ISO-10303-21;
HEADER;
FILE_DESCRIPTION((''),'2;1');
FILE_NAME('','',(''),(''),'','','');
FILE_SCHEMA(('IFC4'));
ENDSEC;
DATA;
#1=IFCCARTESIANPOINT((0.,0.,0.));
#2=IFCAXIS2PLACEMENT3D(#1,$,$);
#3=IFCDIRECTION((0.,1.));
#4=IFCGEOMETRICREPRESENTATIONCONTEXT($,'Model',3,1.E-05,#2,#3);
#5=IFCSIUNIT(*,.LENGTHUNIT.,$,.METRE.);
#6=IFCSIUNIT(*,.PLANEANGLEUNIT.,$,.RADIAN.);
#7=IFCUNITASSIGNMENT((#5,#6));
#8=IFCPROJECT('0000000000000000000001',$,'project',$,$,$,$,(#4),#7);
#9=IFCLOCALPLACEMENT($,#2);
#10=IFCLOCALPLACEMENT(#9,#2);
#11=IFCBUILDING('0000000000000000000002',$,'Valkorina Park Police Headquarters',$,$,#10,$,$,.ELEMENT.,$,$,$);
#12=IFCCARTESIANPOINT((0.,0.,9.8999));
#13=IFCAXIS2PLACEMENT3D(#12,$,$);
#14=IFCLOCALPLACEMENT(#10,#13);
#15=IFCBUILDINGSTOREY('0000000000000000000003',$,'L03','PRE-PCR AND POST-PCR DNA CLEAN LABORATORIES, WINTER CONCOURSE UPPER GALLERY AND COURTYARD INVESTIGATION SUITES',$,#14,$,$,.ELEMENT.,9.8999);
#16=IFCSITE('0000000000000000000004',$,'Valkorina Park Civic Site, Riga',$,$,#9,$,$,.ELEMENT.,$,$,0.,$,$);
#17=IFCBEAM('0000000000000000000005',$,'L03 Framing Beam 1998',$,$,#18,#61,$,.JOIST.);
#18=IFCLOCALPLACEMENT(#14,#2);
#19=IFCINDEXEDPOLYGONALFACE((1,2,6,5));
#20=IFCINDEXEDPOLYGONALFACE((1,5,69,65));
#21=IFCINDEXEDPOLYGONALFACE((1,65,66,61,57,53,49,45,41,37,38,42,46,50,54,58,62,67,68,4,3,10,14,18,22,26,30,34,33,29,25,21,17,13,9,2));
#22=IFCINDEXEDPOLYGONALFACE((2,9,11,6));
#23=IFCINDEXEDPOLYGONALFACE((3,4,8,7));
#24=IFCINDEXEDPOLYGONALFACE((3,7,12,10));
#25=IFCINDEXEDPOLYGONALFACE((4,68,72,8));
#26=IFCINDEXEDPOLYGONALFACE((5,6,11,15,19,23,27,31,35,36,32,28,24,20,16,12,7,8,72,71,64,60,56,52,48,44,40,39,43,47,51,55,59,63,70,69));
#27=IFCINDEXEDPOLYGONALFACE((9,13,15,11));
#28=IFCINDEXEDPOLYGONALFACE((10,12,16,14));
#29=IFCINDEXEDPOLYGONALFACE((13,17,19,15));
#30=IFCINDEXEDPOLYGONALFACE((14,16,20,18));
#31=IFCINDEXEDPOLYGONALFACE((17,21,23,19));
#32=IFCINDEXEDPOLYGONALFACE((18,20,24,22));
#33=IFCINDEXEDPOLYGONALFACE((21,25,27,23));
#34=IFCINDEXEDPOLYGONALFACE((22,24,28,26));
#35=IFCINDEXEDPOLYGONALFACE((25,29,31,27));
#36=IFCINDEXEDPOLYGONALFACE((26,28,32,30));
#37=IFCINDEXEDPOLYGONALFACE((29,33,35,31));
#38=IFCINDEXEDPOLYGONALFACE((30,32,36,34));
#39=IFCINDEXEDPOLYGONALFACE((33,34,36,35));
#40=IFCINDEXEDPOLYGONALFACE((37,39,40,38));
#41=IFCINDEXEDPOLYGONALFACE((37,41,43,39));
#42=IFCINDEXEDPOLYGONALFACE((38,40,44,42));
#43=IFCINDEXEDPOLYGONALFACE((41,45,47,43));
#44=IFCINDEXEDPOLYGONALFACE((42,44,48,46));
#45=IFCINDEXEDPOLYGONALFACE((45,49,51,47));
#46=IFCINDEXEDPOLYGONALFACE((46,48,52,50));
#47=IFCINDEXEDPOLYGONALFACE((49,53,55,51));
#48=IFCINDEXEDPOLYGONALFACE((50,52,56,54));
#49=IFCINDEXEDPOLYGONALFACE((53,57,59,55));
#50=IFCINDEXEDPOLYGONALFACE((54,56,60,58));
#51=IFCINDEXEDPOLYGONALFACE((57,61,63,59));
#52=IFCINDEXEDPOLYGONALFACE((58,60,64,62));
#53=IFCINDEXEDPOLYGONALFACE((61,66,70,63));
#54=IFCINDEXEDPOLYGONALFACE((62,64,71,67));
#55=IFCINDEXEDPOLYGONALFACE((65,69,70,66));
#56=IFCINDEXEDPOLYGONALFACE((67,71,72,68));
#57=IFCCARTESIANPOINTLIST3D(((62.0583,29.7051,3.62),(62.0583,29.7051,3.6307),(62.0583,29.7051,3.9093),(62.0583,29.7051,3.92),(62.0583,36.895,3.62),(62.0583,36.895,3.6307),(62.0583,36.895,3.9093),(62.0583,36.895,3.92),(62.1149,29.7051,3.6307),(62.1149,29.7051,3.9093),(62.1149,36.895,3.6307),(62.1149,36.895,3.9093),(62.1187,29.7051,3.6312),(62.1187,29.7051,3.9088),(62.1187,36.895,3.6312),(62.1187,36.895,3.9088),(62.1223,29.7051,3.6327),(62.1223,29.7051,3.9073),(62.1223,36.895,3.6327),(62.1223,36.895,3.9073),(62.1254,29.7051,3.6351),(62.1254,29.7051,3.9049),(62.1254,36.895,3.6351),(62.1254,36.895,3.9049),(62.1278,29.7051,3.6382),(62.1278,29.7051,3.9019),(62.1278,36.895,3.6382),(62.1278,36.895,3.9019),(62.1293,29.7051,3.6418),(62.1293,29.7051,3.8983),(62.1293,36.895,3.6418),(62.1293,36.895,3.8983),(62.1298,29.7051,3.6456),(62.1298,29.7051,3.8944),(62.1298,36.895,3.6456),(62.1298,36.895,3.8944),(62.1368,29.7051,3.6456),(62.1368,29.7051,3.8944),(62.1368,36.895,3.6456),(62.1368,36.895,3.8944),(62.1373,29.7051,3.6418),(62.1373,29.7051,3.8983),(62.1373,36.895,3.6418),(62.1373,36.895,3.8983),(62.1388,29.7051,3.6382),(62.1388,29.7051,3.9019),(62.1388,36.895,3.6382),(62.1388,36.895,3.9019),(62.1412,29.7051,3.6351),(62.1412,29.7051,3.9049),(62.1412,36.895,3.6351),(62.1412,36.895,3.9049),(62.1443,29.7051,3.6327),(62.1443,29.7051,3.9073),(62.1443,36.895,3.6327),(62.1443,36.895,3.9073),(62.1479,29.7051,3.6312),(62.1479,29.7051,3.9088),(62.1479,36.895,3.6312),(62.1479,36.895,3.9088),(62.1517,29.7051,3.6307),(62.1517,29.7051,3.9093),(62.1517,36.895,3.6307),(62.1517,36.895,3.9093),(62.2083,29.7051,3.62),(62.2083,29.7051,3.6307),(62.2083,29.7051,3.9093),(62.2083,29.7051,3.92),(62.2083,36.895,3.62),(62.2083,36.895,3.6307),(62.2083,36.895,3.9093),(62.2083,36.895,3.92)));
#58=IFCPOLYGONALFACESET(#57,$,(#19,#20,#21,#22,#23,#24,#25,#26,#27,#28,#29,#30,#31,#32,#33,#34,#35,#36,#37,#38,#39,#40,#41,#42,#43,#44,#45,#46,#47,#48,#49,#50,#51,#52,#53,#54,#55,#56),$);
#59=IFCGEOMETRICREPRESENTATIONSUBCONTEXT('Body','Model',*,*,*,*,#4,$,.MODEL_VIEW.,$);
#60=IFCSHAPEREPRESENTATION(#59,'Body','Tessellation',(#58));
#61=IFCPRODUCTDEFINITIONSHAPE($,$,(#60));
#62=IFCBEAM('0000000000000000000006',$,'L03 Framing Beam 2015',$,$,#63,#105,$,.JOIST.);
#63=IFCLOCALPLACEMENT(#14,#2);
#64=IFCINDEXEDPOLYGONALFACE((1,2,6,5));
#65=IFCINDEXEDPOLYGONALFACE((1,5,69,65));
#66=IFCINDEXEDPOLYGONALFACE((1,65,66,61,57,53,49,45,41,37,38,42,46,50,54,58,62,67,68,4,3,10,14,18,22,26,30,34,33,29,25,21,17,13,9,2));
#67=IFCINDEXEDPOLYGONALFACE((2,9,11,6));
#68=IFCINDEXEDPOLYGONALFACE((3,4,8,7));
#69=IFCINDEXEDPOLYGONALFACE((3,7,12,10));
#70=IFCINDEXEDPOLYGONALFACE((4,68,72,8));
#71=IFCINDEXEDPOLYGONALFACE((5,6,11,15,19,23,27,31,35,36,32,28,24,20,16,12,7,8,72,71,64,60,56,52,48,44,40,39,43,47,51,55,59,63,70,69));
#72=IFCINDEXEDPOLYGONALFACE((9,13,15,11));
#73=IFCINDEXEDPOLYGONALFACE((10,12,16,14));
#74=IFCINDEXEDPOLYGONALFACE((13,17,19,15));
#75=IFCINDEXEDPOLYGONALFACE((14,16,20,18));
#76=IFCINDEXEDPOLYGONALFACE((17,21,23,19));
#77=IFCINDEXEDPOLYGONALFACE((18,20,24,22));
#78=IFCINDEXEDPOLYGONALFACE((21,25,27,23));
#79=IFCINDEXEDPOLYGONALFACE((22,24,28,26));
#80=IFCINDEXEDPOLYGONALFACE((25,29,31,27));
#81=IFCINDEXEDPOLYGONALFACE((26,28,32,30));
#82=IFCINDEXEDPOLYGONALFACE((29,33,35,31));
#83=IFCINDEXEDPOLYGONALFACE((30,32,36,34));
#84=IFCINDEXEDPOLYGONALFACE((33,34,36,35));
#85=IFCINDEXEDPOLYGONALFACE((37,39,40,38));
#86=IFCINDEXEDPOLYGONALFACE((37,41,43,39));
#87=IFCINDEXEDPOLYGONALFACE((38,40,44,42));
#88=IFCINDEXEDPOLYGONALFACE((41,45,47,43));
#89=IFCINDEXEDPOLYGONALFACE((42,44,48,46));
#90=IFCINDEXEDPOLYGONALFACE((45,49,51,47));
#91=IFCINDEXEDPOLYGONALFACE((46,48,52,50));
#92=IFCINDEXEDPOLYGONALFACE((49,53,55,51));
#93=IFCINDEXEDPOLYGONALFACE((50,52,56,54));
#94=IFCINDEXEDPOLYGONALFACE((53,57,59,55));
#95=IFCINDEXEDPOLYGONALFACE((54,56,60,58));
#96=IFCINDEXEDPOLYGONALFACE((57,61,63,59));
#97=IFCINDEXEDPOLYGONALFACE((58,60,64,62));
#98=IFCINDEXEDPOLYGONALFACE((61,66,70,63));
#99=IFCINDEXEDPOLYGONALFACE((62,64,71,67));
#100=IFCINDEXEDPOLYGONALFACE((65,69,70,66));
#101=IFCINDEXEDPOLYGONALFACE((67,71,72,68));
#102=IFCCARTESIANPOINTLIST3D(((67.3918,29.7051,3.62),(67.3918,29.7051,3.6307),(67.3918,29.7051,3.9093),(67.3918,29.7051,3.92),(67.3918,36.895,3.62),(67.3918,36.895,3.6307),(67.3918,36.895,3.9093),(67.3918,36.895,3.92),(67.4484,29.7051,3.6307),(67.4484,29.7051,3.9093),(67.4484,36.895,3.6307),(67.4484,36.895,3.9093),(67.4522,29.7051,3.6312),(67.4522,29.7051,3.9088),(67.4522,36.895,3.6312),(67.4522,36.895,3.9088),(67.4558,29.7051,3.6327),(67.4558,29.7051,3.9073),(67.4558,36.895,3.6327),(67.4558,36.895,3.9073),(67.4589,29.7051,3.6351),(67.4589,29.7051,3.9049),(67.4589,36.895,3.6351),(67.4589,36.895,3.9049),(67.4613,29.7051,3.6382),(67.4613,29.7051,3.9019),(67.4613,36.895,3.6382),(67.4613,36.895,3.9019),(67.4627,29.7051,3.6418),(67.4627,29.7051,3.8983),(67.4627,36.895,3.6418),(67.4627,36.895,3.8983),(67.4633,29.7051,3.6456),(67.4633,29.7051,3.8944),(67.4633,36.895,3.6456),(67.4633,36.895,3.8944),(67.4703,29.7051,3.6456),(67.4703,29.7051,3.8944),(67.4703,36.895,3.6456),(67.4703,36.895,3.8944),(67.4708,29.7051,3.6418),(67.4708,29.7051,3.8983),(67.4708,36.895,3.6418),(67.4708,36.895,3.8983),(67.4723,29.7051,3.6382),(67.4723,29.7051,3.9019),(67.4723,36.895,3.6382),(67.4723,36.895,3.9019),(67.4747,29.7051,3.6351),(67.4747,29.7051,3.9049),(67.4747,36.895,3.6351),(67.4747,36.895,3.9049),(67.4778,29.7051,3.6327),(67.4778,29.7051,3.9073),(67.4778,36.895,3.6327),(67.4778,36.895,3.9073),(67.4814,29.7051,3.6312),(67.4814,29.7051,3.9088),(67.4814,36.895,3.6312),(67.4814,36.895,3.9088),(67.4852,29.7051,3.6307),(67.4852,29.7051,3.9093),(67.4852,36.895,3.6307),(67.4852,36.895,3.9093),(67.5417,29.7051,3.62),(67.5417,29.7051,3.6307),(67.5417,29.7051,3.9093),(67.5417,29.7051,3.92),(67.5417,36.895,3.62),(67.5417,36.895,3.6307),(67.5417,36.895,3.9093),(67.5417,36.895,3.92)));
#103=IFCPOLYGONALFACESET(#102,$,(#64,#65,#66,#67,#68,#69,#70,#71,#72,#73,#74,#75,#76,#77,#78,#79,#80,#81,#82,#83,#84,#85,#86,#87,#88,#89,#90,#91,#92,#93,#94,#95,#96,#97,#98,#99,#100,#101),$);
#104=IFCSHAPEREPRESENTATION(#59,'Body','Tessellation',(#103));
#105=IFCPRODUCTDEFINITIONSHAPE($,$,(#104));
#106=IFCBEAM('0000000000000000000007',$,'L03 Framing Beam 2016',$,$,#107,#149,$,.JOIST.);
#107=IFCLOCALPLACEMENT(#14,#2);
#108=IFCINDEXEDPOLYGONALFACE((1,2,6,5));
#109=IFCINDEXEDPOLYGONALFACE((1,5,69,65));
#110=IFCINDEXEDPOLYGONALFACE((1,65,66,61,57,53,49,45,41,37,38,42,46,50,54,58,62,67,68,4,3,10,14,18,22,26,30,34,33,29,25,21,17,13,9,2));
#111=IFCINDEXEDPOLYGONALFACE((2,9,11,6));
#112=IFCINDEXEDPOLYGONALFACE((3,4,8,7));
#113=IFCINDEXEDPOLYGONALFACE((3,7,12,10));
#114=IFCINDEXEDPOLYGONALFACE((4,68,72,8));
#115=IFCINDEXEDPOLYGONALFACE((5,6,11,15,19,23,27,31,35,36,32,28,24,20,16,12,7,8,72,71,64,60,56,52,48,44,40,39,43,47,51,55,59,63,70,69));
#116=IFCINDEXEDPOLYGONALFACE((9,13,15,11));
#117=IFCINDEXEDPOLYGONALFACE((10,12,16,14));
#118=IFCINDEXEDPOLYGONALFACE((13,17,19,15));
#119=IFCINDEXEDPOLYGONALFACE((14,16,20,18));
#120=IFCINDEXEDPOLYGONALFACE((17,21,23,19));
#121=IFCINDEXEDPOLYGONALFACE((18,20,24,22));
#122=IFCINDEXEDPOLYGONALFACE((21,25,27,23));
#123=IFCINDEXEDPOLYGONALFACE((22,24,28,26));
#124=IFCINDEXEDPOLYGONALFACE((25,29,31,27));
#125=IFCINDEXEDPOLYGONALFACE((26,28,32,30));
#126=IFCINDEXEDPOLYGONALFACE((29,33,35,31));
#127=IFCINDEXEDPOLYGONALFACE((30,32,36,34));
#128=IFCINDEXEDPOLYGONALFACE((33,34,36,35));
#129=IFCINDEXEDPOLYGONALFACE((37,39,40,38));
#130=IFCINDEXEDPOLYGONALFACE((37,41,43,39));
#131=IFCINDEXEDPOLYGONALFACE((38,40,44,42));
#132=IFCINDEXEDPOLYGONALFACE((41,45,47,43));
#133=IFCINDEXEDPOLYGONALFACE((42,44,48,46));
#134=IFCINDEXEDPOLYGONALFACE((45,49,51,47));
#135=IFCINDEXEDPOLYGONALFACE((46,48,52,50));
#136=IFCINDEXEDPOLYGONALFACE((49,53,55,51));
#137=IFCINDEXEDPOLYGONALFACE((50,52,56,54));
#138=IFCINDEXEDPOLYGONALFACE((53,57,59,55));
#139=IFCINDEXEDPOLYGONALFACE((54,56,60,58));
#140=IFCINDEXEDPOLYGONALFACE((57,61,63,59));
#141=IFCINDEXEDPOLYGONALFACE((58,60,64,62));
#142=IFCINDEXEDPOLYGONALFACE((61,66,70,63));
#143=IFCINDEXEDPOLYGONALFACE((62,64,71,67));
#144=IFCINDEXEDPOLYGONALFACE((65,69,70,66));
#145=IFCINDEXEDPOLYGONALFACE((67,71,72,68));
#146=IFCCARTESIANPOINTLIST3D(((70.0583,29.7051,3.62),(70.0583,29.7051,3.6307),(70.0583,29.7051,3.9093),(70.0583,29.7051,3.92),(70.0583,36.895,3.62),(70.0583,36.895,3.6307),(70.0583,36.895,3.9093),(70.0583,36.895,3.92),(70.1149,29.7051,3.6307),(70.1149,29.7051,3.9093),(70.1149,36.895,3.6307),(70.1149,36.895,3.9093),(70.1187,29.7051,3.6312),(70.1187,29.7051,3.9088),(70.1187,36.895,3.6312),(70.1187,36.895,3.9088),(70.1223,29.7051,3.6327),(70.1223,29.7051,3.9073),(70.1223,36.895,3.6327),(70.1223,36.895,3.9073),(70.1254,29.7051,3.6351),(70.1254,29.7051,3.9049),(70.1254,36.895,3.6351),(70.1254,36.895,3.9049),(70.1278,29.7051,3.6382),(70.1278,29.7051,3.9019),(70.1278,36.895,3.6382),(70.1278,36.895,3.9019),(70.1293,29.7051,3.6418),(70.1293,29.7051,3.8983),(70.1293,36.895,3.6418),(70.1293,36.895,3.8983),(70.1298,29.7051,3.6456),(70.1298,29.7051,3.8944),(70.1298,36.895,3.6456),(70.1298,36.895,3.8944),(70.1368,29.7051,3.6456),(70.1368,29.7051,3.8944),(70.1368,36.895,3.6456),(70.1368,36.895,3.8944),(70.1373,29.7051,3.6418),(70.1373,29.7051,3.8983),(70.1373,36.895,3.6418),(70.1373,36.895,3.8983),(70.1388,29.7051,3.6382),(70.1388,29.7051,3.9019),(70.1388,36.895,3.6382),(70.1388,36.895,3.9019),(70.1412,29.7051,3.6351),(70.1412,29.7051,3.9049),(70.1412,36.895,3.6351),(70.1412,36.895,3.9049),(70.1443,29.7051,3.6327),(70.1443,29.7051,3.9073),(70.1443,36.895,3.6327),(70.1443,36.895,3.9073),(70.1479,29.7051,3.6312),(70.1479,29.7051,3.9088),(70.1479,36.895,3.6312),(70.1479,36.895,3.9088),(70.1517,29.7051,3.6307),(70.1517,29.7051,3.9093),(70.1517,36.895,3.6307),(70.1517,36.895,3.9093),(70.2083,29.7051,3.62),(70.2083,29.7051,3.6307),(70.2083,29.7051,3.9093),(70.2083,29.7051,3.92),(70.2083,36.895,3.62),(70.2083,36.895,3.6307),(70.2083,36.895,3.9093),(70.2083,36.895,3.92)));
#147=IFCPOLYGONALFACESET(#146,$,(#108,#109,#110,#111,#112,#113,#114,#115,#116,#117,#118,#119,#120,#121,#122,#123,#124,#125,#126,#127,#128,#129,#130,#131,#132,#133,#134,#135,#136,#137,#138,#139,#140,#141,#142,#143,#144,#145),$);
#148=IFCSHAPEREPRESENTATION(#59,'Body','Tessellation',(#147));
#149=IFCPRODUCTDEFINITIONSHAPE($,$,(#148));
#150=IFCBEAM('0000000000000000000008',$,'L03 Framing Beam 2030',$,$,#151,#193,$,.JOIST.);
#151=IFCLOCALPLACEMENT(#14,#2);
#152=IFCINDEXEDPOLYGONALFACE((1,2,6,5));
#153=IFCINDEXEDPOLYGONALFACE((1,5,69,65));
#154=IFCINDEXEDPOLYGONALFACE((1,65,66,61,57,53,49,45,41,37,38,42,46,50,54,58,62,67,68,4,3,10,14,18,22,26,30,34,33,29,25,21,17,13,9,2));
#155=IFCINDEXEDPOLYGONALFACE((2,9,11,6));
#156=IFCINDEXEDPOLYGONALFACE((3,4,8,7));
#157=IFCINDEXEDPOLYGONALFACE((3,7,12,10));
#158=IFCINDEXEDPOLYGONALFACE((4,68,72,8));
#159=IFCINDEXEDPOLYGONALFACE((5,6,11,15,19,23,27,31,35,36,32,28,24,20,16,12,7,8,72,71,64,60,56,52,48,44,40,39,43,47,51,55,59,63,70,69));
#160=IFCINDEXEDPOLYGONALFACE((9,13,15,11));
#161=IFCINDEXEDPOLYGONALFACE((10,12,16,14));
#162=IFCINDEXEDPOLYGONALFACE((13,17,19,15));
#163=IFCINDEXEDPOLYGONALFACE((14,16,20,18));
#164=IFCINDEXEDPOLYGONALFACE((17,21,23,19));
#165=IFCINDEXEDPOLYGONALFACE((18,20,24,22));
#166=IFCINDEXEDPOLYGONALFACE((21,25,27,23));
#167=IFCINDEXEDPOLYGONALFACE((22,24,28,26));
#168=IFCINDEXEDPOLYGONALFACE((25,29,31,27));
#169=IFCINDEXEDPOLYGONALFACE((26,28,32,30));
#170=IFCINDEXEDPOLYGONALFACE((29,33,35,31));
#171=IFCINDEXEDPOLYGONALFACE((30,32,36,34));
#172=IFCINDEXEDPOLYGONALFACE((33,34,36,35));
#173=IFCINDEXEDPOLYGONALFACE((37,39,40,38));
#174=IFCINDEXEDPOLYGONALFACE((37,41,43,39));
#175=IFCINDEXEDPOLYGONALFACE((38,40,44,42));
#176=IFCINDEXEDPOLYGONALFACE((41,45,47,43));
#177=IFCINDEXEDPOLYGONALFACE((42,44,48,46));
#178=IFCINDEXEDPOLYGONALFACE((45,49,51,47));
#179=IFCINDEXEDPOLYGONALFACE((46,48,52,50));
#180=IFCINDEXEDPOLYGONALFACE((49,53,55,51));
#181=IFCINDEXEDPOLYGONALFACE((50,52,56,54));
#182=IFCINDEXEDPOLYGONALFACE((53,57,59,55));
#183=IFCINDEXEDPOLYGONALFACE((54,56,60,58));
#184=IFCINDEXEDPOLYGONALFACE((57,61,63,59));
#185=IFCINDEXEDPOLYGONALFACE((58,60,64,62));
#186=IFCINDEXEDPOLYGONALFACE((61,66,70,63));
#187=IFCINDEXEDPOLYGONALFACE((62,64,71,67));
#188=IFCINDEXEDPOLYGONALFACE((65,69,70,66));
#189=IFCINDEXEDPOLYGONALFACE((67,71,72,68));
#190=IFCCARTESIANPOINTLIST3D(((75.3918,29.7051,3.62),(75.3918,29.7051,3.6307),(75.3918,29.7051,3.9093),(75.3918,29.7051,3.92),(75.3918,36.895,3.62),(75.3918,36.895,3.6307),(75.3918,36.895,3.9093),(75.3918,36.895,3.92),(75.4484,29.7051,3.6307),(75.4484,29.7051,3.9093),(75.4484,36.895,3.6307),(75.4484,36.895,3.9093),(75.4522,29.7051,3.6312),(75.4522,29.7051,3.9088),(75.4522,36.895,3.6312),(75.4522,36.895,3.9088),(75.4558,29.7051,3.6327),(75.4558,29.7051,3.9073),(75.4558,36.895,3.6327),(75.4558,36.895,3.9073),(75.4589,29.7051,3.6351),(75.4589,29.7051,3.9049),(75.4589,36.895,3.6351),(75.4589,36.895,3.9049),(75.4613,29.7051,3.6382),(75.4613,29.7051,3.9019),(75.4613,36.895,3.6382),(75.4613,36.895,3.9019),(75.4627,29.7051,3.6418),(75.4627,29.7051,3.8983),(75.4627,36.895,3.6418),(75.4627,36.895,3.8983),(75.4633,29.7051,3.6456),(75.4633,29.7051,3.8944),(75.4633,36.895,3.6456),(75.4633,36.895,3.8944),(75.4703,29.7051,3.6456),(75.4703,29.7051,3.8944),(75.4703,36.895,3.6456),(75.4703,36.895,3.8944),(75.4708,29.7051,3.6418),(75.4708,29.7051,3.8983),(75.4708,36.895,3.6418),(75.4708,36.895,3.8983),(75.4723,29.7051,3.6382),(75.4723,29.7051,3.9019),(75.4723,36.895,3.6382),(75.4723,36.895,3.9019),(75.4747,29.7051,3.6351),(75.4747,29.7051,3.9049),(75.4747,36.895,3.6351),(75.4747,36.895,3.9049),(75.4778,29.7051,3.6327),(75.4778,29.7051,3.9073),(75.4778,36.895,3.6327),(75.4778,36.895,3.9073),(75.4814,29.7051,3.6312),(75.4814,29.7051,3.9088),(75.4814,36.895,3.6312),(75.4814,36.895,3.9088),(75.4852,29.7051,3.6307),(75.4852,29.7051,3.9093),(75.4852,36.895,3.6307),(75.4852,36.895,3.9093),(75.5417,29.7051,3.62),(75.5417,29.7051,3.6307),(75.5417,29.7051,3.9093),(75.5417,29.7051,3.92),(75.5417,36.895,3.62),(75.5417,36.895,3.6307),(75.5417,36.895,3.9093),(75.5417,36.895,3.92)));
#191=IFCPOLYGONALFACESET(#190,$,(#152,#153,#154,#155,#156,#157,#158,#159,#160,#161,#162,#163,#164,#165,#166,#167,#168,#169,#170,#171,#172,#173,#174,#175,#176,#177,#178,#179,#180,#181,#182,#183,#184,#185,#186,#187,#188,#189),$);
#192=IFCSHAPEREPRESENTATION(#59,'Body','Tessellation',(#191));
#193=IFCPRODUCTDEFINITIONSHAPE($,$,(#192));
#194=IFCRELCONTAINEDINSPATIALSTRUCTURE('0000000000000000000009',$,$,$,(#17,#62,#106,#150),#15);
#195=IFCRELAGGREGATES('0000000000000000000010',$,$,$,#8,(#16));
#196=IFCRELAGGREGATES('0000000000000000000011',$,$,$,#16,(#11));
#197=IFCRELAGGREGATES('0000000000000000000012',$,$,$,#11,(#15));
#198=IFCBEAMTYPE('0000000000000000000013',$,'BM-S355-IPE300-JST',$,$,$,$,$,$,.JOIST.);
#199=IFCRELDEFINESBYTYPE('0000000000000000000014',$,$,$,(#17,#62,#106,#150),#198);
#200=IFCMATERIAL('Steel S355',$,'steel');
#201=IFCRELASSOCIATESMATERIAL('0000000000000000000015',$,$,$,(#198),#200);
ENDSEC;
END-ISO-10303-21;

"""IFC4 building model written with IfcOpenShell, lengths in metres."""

from ifc_helpers import new_model, si_unit, direction, frame, origin, origin_2d, place, context, subcontext, project, spatial, i_section, extrude, material, material_profile, profile_set, type_object, element, save


model = new_model("IFC4")

# Units and contexts
model_context = context("Model", 3, precision=1e-05, world=origin(), true_north=direction((0.0, 1.0)))
body_context = subcontext(model_context, "Body", "Model", "MODEL_VIEW")
ifc_project = project(units=[si_unit("LENGTHUNIT", "METRE"), si_unit("PLANEANGLEUNIT", "RADIAN")], contexts=[model_context])

# Site, building, storey
site_placement = place(None, origin())
site = spatial("IfcSite", under=ifc_project, at=site_placement, Name="Valkorina Park Civic Site, Riga", CompositionType="ELEMENT", RefElevation=0.0)
building_placement = place(site_placement, origin())
building = spatial("IfcBuilding", under=site, at=building_placement, Name="Valkorina Park Police Headquarters", CompositionType="ELEMENT")
storey_placement = place(building_placement, frame((0.0, 0.0, 9.8999)))
storey = spatial("IfcBuildingStorey", under=building, at=storey_placement, Name="L03", Description="PRE-PCR AND POST-PCR DNA CLEAN LABORATORIES, WINTER CONCOURSE UPPER GALLERY AND COURTYARD INVESTIGATION SUITES", CompositionType="ELEMENT", Elevation=9.8999)

# Shared definitions
ifc_material_1 = material(Name="Steel S355", Category="steel")

# Beams
ifc_material_profile_1 = material_profile(ifc_material_1, i_section(OverallWidth=0.1499, OverallDepth=0.3, WebThickness=0.0071, FlangeThickness=0.0107, FilletRadius=0.0149, at=origin_2d()), Name="IPE 300")
ifc_profile_set_1 = profile_set([ifc_material_profile_1], Name="Steel S355")
beam_type_1 = type_object("IfcBeamType", Name="BM-S355-IPE300-JST", PredefinedType="JOIST", material=ifc_profile_set_1)
for number, where, z_axis, x_axis, name in (
    (1, (62.1333, 29.7051, 3.77), (0.0, 1.0, 0.0), (-1.0, 0.0, 0.0), "L03 Framing Beam 1998"),
    (2, (67.4668, 29.7051, 3.77), (0.0, 1.0, 0.0), (-1.0, 0.0, 0.0), "L03 Framing Beam 2015"),
    (3, (70.1333, 29.7051, 3.77), (0.0, 1.0, 0.0), (-1.0, 0.0, 0.0), "L03 Framing Beam 2016"),
    (4, (75.4668, 29.7051, 3.77), (0.0, 1.0, 0.0), (-1.0, 0.0, 0.0), "L03 Framing Beam 2030"),
):
    element("IfcBeam", number, at=place(storey_placement, frame(where, z_axis=z_axis, x_axis=x_axis)), inside=storey, type_object=beam_type_1, Name=name, PredefinedType="JOIST", context=body_context, shape_type="SweptSolid", body=[
        extrude(i_section(OverallWidth=0.1499, OverallDepth=0.3, WebThickness=0.0071, FlangeThickness=0.0107, FilletRadius=0.0149, at=origin_2d()), origin(), (0.0, 0.0, 1.0), 7.1899),
    ])

save(model, "model.ifc")
